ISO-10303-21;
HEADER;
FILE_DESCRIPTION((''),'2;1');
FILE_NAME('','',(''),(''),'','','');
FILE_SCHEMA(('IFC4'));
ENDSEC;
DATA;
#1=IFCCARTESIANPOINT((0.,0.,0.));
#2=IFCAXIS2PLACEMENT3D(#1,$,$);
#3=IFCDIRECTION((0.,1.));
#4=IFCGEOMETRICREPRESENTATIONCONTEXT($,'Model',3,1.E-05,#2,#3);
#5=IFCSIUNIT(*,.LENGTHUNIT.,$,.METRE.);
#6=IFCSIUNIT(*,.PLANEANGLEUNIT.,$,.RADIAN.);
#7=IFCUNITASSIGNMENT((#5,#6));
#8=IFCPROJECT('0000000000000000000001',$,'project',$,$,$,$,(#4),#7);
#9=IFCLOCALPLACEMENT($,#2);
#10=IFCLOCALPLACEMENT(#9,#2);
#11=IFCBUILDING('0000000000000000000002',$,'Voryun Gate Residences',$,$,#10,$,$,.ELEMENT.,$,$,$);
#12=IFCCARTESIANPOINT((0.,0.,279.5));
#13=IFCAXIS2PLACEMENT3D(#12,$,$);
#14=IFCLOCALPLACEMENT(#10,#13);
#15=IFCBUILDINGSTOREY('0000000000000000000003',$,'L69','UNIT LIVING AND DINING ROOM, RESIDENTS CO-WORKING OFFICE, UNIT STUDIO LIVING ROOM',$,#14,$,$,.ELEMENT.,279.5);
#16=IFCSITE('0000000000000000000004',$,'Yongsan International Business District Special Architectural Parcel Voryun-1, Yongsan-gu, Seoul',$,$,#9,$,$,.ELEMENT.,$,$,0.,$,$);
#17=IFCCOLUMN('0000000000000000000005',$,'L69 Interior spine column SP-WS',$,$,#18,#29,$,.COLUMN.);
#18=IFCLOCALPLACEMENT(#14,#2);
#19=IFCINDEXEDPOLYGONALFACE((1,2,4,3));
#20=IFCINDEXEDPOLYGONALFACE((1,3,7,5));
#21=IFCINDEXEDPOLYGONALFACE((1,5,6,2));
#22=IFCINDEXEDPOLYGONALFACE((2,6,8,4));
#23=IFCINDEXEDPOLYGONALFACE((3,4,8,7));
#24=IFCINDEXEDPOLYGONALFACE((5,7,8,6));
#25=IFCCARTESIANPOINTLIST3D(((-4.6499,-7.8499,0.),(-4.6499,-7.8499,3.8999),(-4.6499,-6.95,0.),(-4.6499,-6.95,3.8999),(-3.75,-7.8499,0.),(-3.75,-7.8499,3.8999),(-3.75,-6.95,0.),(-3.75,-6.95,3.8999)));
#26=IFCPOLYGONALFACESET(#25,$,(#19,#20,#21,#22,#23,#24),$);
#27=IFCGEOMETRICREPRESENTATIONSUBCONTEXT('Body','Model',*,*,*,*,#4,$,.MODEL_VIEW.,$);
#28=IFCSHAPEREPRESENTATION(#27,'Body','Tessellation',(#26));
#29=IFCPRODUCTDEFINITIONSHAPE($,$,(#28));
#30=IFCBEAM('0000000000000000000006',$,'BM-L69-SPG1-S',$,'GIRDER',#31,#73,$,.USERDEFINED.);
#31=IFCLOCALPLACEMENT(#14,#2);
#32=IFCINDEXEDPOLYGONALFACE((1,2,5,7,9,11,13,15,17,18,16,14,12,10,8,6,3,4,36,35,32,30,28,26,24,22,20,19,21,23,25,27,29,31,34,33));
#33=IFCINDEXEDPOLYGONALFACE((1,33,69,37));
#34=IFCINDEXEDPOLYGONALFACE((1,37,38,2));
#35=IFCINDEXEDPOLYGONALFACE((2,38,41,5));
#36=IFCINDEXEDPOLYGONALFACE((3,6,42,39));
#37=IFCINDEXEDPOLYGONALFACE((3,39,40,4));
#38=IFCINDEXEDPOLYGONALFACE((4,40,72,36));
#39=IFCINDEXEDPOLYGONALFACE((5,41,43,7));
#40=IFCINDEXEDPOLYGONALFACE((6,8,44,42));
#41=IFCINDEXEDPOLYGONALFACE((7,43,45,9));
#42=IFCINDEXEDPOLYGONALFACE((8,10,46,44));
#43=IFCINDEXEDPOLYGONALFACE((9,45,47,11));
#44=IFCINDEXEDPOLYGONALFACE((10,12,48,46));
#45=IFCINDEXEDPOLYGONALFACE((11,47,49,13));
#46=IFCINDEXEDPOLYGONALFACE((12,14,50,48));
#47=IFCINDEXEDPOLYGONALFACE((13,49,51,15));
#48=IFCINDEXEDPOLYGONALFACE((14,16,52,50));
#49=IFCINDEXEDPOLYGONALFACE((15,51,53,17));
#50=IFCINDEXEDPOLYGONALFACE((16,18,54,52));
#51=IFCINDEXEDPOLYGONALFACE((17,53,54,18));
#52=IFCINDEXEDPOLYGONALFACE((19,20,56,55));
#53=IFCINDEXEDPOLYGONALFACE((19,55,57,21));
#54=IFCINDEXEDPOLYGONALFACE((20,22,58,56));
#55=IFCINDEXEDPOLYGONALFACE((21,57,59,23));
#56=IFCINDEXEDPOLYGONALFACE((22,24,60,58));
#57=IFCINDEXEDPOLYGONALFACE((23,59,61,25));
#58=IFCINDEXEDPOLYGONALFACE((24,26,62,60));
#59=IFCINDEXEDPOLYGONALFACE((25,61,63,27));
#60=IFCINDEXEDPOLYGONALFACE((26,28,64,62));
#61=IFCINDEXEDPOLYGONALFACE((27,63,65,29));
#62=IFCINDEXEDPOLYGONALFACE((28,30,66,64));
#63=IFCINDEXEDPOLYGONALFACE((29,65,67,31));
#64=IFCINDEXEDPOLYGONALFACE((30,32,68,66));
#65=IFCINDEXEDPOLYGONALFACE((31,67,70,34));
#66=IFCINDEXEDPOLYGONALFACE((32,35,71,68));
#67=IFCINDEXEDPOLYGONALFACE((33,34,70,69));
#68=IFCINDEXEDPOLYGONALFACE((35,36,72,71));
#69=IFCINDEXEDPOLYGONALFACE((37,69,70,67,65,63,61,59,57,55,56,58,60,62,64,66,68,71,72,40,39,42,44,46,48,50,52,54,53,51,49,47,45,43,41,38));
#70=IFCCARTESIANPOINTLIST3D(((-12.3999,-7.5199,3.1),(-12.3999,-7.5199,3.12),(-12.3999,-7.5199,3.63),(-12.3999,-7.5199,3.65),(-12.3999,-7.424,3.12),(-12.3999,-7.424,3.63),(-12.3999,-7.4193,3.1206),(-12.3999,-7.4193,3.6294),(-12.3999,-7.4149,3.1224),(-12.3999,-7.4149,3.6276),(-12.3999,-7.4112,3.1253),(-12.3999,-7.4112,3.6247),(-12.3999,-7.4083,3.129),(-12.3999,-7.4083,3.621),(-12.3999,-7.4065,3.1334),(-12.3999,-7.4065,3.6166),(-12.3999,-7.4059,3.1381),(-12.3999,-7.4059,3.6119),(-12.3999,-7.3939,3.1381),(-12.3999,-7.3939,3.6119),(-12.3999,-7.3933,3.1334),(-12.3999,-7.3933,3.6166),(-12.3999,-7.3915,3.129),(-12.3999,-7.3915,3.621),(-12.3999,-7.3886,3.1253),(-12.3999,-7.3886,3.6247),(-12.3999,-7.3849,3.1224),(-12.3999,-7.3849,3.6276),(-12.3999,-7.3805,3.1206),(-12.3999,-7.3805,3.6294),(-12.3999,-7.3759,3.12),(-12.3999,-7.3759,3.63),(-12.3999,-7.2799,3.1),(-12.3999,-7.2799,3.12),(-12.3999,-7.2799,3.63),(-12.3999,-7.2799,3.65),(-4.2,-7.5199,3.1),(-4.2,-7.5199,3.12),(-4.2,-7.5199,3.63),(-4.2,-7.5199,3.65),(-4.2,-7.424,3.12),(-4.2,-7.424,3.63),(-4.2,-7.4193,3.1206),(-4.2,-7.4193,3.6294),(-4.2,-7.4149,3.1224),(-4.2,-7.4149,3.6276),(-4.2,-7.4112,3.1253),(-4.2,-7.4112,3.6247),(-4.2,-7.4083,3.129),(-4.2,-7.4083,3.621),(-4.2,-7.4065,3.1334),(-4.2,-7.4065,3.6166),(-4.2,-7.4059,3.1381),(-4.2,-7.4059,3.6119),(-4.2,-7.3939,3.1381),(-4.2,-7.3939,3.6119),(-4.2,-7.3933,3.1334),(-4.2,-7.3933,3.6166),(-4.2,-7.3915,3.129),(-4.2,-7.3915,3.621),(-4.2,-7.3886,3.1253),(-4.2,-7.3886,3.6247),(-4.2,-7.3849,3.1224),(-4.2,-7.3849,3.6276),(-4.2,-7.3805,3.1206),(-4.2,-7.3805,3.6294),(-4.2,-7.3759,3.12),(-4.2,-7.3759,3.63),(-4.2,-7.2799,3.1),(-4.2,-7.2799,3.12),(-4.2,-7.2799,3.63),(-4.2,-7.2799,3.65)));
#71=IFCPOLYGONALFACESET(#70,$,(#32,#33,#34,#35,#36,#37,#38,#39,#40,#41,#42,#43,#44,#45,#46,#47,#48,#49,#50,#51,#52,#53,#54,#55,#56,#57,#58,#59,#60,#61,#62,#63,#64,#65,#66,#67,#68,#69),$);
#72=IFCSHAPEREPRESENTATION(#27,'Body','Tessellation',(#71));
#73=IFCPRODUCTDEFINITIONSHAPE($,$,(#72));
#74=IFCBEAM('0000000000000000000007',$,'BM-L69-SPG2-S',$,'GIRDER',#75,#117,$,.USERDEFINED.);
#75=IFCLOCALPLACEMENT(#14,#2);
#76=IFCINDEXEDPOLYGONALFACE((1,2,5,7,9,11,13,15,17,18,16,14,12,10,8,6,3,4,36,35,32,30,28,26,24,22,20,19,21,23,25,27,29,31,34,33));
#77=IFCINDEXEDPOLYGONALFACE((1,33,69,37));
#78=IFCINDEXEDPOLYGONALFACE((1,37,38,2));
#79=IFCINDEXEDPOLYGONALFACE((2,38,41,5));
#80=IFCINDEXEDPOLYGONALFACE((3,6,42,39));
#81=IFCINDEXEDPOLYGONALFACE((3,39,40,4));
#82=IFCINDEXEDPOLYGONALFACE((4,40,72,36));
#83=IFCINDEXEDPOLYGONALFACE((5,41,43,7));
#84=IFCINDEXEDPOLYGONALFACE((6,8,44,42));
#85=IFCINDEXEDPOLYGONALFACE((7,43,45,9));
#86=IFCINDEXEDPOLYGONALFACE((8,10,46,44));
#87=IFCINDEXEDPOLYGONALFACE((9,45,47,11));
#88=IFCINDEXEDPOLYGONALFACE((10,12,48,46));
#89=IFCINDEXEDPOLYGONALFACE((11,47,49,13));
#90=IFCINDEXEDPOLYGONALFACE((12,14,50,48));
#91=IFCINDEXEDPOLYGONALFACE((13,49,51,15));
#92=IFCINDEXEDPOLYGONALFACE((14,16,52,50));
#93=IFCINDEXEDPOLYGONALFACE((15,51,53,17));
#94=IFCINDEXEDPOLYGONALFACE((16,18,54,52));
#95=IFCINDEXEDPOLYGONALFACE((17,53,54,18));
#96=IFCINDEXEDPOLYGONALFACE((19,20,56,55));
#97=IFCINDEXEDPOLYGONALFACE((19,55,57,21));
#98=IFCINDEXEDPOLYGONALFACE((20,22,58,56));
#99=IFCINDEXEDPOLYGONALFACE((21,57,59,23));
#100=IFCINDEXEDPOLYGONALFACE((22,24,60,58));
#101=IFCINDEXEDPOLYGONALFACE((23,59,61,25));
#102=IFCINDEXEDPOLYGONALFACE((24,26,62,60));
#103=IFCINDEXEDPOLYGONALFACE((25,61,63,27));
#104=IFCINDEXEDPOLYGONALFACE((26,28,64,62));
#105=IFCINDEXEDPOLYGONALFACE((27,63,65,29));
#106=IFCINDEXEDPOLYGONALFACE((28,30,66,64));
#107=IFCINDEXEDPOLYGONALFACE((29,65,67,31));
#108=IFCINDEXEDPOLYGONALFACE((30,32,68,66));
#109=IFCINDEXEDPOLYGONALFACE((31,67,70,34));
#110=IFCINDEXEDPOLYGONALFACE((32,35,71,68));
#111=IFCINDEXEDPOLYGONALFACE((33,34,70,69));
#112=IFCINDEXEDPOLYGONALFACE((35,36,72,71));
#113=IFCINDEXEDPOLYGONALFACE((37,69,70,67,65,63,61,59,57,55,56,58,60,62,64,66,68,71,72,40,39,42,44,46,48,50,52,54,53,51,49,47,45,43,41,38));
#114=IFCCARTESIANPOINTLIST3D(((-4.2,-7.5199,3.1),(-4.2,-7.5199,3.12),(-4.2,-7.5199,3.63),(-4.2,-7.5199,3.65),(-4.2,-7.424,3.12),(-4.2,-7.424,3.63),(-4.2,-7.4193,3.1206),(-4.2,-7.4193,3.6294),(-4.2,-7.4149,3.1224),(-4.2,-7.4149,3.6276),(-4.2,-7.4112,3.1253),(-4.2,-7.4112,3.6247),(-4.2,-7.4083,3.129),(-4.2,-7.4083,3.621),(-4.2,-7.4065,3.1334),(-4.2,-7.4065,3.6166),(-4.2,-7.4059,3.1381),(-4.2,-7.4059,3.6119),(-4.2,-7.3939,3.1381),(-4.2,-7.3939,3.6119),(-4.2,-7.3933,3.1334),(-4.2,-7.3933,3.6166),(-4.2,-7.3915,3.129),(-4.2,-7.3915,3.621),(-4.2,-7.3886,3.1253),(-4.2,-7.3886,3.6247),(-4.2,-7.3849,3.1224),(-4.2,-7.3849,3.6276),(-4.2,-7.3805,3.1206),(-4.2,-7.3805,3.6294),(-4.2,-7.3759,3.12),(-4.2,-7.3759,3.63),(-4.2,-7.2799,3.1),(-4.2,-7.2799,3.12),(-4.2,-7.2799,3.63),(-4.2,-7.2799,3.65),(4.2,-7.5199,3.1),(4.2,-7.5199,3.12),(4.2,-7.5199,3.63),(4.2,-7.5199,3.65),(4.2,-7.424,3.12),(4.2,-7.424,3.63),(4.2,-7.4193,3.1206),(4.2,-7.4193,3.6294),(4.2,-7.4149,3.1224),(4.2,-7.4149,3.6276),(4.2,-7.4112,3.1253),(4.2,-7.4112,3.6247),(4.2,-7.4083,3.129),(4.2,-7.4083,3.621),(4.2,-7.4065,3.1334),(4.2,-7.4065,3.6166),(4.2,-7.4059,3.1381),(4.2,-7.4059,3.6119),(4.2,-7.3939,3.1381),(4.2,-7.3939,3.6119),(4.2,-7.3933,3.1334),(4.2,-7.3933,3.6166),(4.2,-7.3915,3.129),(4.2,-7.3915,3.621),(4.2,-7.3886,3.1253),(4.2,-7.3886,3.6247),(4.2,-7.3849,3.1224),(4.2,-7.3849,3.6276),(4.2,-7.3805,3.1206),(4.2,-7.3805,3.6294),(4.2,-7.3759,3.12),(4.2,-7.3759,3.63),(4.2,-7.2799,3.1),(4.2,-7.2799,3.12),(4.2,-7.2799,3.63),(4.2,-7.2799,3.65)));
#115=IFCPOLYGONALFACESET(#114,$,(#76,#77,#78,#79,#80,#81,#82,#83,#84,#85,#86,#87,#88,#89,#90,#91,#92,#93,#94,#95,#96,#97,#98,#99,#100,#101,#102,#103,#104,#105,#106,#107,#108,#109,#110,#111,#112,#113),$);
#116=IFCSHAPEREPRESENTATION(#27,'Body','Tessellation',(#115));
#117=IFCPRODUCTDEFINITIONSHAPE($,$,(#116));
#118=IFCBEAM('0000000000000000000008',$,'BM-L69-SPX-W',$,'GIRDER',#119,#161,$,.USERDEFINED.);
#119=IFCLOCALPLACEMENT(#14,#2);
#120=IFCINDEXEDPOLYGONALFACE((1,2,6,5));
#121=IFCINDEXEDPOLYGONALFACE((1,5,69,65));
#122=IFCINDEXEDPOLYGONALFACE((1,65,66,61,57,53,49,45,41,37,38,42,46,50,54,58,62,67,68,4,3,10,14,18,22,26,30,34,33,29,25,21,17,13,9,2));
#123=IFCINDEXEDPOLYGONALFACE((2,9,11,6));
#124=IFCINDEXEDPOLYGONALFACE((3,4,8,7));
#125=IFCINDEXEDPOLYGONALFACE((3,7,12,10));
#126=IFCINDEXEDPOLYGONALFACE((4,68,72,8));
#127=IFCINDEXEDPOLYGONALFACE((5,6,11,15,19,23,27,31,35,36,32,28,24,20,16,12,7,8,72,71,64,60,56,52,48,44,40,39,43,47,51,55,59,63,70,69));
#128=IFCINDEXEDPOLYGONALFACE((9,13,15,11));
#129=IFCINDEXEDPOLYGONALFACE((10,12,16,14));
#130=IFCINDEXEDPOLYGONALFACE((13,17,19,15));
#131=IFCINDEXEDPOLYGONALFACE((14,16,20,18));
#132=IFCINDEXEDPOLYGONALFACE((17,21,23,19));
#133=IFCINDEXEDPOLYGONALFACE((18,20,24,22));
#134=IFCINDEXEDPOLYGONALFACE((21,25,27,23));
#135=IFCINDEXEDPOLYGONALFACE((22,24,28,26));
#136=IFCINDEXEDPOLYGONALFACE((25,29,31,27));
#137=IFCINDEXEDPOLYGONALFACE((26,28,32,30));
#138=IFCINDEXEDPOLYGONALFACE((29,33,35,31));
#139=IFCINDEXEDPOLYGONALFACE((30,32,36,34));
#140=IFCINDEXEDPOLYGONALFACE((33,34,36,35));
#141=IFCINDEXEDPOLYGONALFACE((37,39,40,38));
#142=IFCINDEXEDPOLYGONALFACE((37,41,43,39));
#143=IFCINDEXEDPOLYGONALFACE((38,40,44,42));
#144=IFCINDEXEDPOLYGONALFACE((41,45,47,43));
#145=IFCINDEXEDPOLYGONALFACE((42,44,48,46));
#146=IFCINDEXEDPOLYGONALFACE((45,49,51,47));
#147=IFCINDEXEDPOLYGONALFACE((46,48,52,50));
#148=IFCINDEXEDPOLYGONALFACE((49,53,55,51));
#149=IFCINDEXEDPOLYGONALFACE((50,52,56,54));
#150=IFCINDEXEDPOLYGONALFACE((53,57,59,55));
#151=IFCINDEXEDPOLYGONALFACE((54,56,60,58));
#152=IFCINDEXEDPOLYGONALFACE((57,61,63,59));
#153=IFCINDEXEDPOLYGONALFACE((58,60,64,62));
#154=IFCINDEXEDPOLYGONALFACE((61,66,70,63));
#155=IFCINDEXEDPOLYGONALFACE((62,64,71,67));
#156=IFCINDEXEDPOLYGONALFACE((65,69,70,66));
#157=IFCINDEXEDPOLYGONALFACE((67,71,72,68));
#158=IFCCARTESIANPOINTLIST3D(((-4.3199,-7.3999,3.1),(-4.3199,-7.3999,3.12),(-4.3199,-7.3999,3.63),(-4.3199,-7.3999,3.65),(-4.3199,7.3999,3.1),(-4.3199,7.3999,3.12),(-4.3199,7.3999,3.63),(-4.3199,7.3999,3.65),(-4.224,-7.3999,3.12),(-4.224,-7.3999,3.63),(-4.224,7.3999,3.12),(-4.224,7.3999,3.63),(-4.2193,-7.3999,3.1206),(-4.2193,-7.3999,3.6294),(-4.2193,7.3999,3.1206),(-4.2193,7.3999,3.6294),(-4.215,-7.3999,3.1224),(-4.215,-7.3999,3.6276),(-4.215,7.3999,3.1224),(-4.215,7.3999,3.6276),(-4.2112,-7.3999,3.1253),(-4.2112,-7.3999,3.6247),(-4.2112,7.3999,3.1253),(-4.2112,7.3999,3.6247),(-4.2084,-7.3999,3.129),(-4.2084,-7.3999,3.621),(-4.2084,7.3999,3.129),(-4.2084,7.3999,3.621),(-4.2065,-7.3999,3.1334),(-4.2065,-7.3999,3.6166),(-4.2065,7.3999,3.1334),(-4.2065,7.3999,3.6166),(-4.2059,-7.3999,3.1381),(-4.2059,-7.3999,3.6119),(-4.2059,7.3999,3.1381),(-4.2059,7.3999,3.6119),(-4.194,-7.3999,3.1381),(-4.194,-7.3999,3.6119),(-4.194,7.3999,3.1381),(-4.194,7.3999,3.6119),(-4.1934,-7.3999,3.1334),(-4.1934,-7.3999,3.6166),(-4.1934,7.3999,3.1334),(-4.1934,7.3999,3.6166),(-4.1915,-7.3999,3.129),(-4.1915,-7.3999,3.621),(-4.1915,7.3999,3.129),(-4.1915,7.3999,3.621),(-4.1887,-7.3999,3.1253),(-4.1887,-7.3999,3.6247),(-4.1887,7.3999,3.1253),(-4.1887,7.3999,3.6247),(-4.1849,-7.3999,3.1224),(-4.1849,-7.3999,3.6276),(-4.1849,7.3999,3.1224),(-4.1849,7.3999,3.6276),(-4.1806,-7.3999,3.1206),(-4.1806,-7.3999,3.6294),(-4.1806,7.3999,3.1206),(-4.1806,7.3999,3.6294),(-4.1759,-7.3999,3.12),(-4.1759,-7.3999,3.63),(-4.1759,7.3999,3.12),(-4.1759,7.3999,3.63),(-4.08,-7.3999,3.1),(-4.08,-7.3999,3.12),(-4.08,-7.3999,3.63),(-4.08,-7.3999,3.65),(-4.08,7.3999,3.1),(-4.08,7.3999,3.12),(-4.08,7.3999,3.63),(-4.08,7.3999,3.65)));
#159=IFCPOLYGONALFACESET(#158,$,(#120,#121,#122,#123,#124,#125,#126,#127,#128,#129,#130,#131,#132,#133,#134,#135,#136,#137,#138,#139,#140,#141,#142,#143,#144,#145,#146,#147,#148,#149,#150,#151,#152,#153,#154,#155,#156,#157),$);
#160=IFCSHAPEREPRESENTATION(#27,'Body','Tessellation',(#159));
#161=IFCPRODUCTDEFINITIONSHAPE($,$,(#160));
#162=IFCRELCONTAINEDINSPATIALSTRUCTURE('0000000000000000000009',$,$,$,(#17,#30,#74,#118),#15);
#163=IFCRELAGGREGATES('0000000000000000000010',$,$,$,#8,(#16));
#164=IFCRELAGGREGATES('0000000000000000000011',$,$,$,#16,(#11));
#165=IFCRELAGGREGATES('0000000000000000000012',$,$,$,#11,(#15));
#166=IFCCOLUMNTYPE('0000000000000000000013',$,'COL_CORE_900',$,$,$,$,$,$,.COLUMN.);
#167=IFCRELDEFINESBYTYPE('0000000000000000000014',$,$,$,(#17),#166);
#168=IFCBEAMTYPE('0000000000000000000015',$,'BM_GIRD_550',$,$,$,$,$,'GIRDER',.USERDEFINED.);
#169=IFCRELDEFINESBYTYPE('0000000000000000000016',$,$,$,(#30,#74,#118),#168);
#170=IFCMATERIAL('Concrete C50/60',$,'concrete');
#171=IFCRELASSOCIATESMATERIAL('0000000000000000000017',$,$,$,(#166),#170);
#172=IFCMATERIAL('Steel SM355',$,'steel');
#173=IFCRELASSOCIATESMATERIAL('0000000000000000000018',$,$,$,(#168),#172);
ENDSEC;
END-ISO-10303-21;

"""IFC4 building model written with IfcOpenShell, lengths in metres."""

from ifc_helpers import new_model, si_unit, direction, frame, origin, origin_2d, place, context, subcontext, project, spatial, rectangle, i_section, extrude, material, material_profile, profile_set, type_object, element, save


model = new_model("IFC4")

# Units and contexts
model_context = context("Model", 3, precision=1e-05, world=origin(), true_north=direction((0.0, 1.0)))
body_context = subcontext(model_context, "Body", "Model", "MODEL_VIEW")
ifc_project = project(units=[si_unit("LENGTHUNIT", "METRE"), si_unit("PLANEANGLEUNIT", "RADIAN")], contexts=[model_context])

# Site, building, storey
site_placement = place(None, origin())
site = spatial("IfcSite", under=ifc_project, at=site_placement, Name="Yongsan International Business District Special Architectural Parcel Voryun-1, Yongsan-gu, Seoul", CompositionType="ELEMENT", RefElevation=0.0)
building_placement = place(site_placement, origin())
building = spatial("IfcBuilding", under=site, at=building_placement, Name="Voryun Gate Residences", CompositionType="ELEMENT")
storey_placement = place(building_placement, frame((0.0, 0.0, 279.5)))
storey = spatial("IfcBuildingStorey", under=building, at=storey_placement, Name="L69", Description="UNIT LIVING AND DINING ROOM, RESIDENTS CO-WORKING OFFICE, UNIT STUDIO LIVING ROOM", CompositionType="ELEMENT", Elevation=279.5)

# Column
ifc_material_1 = material(Name="Concrete C50/60", Category="concrete")
ifc_material_profile_1 = material_profile(ifc_material_1, rectangle(XDim=0.8999, YDim=0.8999, at=origin_2d()), Name="RC-900x900")
ifc_profile_set_1 = profile_set([ifc_material_profile_1], Name="Concrete C50/60")
column_type = type_object("IfcColumnType", Name="COL_CORE_900", PredefinedType="COLUMN", material=ifc_profile_set_1)
column_placement = place(storey_placement, frame((-4.2, -7.3999, 0.0), z_axis=(0.0, 0.0, 1.0), x_axis=(1.0, 0.0, 0.0)))
element("IfcColumn", 1, at=column_placement, inside=storey, type_object=column_type, Name="L69 Interior spine column SP-WS", PredefinedType="COLUMN", context=body_context, shape_type="SweptSolid", body=[
    extrude(rectangle(XDim=0.8999, YDim=0.8999, at=origin_2d()), origin(), (0.0, 0.0, 1.0), 3.8999),
])

# Beams
ifc_material_2 = material(Name="Steel SM355", Category="steel")
ifc_material_profile_2 = material_profile(ifc_material_2, i_section(OverallWidth=0.24, OverallDepth=0.55, WebThickness=0.012, FlangeThickness=0.02, FilletRadius=0.0181, at=origin_2d()), Name="H-550x240x12x20")
ifc_profile_set_2 = profile_set([ifc_material_profile_2], Name="Steel SM355")
beam_type_1 = type_object("IfcBeamType", Name="BM_GIRD_550", ElementType="GIRDER", PredefinedType="USERDEFINED", material=ifc_profile_set_2)
beam_1_placement = place(storey_placement, frame((-12.3999, -7.3999, 3.375), z_axis=(1.0, 0.0, 0.0), x_axis=(0.0, 1.0, 0.0)))
element("IfcBeam", 2, at=beam_1_placement, inside=storey, type_object=beam_type_1, Name="BM-L69-SPG1-S", ObjectType="GIRDER", PredefinedType="USERDEFINED", context=body_context, shape_type="SweptSolid", body=[
    extrude(i_section(OverallWidth=0.24, OverallDepth=0.55, WebThickness=0.012, FlangeThickness=0.02, FilletRadius=0.0181, at=origin_2d()), origin(), (0.0, 0.0, 1.0), 8.2),
])
beam_2_placement = place(storey_placement, frame((-4.2, -7.3999, 3.375), z_axis=(1.0, 0.0, 0.0), x_axis=(0.0, 1.0, 0.0)))
element("IfcBeam", 3, at=beam_2_placement, inside=storey, type_object=beam_type_1, Name="BM-L69-SPG2-S", ObjectType="GIRDER", PredefinedType="USERDEFINED", context=body_context, shape_type="SweptSolid", body=[
    extrude(i_section(OverallWidth=0.24, OverallDepth=0.55, WebThickness=0.012, FlangeThickness=0.02, FilletRadius=0.0181, at=origin_2d()), origin(), (0.0, 0.0, 1.0), 8.3999),
])
beam_3_placement = place(storey_placement, frame((-4.2, -7.3999, 3.375), z_axis=(0.0, 1.0, 0.0), x_axis=(-1.0, 0.0, 0.0)))
element("IfcBeam", 4, at=beam_3_placement, inside=storey, type_object=beam_type_1, Name="BM-L69-SPX-W", ObjectType="GIRDER", PredefinedType="USERDEFINED", context=body_context, shape_type="SweptSolid", body=[
    extrude(i_section(OverallWidth=0.24, OverallDepth=0.55, WebThickness=0.012, FlangeThickness=0.02, FilletRadius=0.0181, at=origin_2d()), origin(), (0.0, 0.0, 1.0), 14.7998),
])

save(model, "model.ifc")
